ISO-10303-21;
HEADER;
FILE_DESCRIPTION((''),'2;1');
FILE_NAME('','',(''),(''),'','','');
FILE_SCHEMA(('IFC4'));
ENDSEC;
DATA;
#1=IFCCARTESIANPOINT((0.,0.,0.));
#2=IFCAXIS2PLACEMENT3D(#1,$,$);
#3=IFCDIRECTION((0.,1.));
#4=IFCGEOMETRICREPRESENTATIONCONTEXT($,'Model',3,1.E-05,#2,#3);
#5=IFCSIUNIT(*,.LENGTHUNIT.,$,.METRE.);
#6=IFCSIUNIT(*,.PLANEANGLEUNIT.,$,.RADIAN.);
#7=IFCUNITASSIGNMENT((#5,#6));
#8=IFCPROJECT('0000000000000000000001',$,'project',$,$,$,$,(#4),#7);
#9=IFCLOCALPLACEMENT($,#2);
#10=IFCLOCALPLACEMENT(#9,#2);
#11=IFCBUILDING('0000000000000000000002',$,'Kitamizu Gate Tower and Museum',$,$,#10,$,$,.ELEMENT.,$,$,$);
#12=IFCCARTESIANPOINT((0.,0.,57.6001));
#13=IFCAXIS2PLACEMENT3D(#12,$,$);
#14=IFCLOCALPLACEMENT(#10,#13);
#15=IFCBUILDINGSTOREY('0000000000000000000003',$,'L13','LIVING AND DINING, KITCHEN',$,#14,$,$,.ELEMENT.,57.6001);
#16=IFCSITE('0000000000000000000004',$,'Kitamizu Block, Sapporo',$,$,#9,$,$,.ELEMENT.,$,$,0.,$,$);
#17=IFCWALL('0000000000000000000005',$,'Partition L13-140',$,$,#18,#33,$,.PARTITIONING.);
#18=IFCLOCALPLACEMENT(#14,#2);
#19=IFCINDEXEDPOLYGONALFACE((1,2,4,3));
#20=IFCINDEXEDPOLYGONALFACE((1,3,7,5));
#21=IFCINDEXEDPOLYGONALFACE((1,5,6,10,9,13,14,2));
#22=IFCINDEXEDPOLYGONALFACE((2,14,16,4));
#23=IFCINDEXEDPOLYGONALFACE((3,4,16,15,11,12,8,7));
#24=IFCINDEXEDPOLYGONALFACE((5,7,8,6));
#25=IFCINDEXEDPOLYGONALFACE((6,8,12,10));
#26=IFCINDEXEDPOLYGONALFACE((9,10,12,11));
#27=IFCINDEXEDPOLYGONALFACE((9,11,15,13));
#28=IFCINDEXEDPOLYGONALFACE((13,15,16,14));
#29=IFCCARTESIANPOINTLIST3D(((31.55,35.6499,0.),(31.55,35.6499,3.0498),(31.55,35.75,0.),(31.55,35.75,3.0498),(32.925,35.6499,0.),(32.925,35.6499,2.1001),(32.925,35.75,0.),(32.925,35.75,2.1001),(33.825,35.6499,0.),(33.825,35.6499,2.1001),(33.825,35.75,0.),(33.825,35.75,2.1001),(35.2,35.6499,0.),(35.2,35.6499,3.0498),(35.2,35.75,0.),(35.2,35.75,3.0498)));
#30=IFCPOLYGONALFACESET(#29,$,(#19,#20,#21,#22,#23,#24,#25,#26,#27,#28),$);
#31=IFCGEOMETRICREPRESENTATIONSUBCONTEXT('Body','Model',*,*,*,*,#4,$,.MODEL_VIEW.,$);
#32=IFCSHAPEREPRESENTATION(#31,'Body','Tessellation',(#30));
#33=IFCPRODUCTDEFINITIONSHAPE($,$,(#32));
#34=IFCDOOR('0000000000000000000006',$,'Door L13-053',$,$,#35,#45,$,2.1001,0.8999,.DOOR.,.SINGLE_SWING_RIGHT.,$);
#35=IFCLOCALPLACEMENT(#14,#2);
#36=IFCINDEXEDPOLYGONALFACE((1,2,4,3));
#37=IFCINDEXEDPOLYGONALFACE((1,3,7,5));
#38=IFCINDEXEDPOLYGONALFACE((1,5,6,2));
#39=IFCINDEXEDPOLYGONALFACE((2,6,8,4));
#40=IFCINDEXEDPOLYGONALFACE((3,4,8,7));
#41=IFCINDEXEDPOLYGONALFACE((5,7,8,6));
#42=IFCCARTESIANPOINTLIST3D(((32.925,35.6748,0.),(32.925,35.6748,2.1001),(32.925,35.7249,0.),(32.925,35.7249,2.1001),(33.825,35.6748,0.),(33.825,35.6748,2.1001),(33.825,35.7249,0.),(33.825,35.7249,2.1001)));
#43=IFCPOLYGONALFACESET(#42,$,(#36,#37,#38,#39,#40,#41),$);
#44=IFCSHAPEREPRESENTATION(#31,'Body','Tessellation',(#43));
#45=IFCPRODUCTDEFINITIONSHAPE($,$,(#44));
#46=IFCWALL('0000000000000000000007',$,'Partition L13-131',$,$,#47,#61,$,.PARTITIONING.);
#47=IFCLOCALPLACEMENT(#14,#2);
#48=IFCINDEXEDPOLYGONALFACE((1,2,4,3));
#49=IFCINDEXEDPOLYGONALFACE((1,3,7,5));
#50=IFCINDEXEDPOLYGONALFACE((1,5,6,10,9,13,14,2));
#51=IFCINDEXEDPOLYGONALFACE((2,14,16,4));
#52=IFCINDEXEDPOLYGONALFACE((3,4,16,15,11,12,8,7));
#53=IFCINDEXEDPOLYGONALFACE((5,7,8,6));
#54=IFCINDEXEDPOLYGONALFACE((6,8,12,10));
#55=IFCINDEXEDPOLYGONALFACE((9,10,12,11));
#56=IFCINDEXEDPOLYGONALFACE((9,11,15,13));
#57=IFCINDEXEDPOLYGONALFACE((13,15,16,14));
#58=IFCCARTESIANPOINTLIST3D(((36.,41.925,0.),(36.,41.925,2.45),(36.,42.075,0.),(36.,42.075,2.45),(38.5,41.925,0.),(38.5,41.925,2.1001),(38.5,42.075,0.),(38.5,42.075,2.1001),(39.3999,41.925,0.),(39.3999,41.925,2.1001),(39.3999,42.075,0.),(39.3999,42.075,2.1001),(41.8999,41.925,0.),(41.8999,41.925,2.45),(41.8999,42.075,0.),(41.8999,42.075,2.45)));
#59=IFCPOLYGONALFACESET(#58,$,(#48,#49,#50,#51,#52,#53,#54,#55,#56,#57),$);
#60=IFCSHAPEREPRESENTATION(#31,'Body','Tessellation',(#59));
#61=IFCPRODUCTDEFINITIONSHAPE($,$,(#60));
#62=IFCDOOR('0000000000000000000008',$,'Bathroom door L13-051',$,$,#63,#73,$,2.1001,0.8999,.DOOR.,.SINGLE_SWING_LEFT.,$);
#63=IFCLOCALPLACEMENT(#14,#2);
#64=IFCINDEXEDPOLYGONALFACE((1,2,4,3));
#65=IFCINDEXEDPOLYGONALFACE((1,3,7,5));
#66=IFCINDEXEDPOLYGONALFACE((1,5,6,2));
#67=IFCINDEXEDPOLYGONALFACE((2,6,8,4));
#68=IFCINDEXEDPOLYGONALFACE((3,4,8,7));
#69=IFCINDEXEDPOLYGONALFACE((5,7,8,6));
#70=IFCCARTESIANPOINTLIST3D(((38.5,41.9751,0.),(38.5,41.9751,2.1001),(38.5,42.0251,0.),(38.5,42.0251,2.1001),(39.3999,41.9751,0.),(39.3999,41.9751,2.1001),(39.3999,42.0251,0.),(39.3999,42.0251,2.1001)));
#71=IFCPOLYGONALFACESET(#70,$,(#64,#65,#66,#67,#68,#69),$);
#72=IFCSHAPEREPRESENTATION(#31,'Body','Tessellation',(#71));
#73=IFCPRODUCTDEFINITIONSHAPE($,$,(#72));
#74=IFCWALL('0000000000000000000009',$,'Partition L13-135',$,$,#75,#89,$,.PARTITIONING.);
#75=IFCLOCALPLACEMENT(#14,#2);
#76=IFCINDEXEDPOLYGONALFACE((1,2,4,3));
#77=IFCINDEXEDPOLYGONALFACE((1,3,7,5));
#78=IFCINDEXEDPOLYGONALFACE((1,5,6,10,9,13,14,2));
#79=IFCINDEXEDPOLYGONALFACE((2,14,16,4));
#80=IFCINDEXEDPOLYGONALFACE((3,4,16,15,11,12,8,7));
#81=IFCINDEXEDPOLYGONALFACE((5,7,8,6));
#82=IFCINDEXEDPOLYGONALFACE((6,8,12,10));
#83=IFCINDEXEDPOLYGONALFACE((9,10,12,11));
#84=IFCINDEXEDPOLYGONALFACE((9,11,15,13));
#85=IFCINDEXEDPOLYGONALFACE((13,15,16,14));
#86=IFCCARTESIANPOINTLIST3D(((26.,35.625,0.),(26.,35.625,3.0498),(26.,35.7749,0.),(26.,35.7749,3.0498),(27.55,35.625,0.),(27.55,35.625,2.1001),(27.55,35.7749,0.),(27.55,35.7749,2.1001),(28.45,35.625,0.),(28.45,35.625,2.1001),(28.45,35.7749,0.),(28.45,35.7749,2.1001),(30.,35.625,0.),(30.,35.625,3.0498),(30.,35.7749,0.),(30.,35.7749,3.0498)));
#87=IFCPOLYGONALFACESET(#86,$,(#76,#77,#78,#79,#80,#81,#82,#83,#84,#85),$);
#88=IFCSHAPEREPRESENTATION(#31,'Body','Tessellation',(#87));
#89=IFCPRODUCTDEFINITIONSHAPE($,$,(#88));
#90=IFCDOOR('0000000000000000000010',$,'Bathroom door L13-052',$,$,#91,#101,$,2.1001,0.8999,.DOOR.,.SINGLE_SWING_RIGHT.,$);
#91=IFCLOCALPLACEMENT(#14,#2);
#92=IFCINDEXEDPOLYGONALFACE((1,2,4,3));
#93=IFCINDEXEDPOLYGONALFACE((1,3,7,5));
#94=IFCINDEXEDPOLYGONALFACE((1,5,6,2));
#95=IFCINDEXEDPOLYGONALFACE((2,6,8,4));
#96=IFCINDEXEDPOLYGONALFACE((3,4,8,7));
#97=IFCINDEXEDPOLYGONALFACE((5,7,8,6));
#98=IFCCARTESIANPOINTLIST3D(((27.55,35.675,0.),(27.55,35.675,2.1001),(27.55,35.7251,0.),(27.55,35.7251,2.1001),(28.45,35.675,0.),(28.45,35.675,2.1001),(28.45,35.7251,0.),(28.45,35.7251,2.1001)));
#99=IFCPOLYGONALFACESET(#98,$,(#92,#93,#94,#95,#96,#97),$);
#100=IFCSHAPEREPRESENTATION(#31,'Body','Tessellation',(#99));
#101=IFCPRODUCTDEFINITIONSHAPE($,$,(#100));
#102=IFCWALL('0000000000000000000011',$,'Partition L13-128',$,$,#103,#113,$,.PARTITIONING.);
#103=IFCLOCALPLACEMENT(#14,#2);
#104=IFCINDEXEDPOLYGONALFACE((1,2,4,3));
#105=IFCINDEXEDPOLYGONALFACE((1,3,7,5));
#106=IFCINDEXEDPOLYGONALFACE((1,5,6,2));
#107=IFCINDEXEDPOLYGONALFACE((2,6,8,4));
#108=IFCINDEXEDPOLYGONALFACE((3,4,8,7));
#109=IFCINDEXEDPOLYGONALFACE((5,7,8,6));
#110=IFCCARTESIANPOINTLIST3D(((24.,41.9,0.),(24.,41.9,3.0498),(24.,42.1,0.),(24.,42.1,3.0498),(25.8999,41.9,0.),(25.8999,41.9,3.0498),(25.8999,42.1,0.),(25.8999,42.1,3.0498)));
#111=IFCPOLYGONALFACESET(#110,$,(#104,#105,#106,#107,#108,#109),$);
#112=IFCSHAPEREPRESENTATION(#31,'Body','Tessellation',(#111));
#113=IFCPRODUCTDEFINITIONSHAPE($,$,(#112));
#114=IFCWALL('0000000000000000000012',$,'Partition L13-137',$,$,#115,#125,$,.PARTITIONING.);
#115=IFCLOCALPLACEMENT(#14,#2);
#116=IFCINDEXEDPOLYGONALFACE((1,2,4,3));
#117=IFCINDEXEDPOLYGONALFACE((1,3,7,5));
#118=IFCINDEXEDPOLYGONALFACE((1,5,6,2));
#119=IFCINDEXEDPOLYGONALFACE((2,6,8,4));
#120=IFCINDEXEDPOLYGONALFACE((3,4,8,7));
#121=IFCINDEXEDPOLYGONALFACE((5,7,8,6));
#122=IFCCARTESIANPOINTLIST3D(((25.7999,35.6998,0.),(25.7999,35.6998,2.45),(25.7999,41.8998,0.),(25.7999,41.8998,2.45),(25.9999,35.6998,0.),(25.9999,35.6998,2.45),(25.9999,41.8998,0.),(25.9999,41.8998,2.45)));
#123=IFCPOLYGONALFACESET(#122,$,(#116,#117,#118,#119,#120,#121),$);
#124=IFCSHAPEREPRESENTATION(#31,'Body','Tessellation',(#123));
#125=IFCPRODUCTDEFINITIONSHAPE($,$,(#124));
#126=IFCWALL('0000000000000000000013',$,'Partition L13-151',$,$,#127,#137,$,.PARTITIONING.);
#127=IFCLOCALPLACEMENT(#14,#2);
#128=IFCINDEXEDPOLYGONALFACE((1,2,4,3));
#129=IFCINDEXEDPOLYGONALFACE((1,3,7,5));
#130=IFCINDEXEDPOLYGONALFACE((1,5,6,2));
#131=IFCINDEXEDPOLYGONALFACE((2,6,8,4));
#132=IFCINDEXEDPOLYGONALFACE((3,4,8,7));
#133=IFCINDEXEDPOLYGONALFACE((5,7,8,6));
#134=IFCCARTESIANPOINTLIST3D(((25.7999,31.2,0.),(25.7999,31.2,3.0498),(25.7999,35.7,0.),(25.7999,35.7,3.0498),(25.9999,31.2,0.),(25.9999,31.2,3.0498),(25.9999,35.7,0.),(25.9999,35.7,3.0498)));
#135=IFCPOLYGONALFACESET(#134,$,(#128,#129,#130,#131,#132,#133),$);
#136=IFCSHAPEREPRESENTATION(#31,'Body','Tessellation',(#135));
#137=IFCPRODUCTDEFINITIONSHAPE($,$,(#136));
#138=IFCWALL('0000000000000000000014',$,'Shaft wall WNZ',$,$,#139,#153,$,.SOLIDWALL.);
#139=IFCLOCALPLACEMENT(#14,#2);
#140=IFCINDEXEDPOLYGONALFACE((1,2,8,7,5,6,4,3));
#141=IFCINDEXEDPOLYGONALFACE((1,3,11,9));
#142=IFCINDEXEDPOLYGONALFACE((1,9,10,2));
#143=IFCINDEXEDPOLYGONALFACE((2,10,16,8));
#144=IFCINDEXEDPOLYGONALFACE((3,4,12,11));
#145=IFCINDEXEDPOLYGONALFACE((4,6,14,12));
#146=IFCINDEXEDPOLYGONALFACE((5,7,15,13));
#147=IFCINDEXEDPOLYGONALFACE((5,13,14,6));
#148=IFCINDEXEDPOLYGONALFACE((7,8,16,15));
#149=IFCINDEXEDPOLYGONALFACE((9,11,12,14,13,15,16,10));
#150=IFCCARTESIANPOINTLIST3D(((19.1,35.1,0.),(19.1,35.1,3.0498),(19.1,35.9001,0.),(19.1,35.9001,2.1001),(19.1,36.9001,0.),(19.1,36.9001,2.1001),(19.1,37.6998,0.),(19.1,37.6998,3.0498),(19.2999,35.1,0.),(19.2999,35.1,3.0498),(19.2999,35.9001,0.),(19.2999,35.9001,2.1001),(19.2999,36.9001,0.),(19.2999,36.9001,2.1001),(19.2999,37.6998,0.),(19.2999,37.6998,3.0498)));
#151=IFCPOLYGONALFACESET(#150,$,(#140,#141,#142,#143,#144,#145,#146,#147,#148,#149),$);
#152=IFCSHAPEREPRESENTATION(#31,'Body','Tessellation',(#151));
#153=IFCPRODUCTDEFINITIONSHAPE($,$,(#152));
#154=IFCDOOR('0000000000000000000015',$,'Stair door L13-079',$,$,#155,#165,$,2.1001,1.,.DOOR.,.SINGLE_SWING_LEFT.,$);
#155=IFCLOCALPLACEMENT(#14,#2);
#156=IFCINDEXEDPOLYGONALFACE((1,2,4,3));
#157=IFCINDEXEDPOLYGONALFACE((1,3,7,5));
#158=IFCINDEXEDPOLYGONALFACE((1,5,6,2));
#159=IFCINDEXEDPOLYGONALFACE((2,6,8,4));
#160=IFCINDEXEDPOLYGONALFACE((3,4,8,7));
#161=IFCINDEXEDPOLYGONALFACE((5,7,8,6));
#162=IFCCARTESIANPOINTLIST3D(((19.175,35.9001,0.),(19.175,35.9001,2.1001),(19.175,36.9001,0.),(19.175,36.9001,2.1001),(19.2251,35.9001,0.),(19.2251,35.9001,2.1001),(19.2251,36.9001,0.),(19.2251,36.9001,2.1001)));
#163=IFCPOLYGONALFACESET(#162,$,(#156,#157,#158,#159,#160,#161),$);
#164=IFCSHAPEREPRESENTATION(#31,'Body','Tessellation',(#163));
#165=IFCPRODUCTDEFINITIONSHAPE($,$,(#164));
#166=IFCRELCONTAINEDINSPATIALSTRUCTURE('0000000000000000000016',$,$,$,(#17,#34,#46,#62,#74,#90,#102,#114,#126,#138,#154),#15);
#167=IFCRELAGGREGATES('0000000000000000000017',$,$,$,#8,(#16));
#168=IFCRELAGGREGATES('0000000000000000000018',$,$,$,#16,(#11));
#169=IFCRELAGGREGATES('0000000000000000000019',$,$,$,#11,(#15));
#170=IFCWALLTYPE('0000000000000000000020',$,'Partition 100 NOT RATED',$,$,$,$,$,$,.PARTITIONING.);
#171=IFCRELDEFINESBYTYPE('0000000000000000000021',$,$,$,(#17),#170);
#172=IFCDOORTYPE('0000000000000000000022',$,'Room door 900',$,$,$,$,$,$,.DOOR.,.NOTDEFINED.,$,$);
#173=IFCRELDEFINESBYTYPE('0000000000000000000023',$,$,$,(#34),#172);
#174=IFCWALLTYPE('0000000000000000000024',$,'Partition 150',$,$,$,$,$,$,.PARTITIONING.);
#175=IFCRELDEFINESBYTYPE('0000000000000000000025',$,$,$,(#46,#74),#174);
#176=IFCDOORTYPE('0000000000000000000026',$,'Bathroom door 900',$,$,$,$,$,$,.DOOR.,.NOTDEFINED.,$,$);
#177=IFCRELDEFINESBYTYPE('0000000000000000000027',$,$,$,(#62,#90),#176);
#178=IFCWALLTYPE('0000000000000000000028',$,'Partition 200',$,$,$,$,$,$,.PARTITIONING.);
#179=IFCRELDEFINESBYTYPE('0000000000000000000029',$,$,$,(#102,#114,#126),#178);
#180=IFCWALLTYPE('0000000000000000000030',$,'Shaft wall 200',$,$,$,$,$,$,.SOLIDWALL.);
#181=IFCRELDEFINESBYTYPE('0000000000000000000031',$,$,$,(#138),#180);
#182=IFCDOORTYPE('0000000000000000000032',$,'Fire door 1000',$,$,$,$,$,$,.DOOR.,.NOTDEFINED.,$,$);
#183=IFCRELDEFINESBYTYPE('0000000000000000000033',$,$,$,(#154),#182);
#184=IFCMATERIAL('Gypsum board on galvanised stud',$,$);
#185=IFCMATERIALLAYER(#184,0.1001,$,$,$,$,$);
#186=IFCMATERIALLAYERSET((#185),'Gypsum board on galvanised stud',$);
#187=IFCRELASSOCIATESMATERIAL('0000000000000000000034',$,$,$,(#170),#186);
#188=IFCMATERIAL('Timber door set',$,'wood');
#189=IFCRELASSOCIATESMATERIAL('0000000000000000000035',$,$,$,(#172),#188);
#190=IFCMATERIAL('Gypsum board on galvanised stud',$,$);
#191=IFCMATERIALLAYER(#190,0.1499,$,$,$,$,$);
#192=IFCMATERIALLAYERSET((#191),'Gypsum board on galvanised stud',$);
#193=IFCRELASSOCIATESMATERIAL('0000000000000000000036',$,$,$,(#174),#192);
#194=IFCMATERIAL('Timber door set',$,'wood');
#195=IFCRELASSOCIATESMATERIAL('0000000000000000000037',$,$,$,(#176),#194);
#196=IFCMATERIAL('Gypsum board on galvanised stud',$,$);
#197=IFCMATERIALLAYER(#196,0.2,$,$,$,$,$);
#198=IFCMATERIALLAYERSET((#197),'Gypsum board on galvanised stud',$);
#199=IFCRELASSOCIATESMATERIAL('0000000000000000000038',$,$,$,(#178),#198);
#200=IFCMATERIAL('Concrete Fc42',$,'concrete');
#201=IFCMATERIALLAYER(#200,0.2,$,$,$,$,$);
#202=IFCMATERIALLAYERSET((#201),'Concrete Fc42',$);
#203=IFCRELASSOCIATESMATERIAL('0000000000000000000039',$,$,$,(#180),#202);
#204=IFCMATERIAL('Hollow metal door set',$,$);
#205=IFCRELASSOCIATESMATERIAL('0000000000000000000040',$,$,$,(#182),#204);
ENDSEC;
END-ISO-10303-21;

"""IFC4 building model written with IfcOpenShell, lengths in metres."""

from ifc_helpers import new_model, si_unit, direction, frame, frame_2d, origin, place, context, subcontext, project, spatial, rectangle, extrude, material, layer, layer_set, type_object, element, fill, save


model = new_model("IFC4")

# Units and contexts
model_context = context("Model", 3, precision=1e-05, world=origin(), true_north=direction((0.0, 1.0)))
body_context = subcontext(model_context, "Body", "Model", "MODEL_VIEW")
ifc_project = project(units=[si_unit("LENGTHUNIT", "METRE"), si_unit("PLANEANGLEUNIT", "RADIAN")], contexts=[model_context])

# Site, building, storey
site_placement = place(None, origin())
site = spatial("IfcSite", under=ifc_project, at=site_placement, Name="Kitamizu Block, Sapporo", CompositionType="ELEMENT", RefElevation=0.0)
building_placement = place(site_placement, origin())
building = spatial("IfcBuilding", under=site, at=building_placement, Name="Kitamizu Gate Tower and Museum", CompositionType="ELEMENT")
storey_placement = place(building_placement, frame((0.0, 0.0, 57.6001)))
storey = spatial("IfcBuildingStorey", under=building, at=storey_placement, Name="L13", Description="LIVING AND DINING, KITCHEN", CompositionType="ELEMENT", Elevation=57.6001)

# Shared definitions
ifc_material_1 = material(Name="Gypsum board on galvanised stud")
ifc_layer_1 = layer(ifc_material_1, 0.1001)
ifc_layer_set_1 = layer_set([ifc_layer_1], Name="Gypsum board on galvanised stud")
wall_type_1 = type_object("IfcWallType", Name="Partition 100 NOT RATED", PredefinedType="PARTITIONING", material=ifc_layer_set_1)
ifc_material_2 = material(Name="Timber door set", Category="wood")
door_type_1 = type_object("IfcDoorType", Name="Room door 900", OperationType="NOTDEFINED", PredefinedType="DOOR", material=ifc_material_2)

# Walls, openings, doors
wall_1_placement = place(storey_placement, frame((31.55, 35.7, 0.0), z_axis=(0.0, 0.0, 1.0), x_axis=(1.0, 0.0, 0.0)))
wall_1 = element("IfcWall", 1, at=wall_1_placement, inside=storey, type_object=wall_type_1, Name="Partition L13-140", PredefinedType="PARTITIONING", context=body_context, shape_type="SweptSolid", body=[
    extrude(rectangle(XDim=3.6499, YDim=0.1001, at=frame_2d((1.825, 0.0))), origin(), (0.0, 0.0, 1.0), 3.0498),
])
opening_1_placement = place(wall_1_placement, frame((1.375, 0.0, 0.0)))
opening_1 = element("IfcOpeningElement", 2, at=opening_1_placement, cuts=wall_1, PredefinedType="OPENING", context=body_context, shape_type="SweptSolid", body=[
    extrude(rectangle(XDim=0.8999, YDim=2.1001, at=frame_2d((0.45, 1.05))), frame((0.0, 0.0601, 0.0), z_axis=(0.0, -1.0, 0.0), x_axis=(1.0, 0.0, 0.0)), (0.0, 0.0, 1.0), 0.1201),
])
door_1_placement = place(opening_1_placement, origin())
door_1 = element("IfcDoor", 3, at=door_1_placement, inside=storey, type_object=door_type_1, Name="Door L13-053", OperationType="SINGLE_SWING_RIGHT", OverallHeight=2.1001, OverallWidth=0.8999, PredefinedType="DOOR", context=body_context, shape_type="SweptSolid", body=[
    extrude(rectangle(XDim=0.8999, YDim=2.1001, at=frame_2d((0.45, 1.05))), frame((0.0, 0.0249, 0.0), z_axis=(0.0, -1.0, 0.0), x_axis=(1.0, 0.0, 0.0)), (0.0, 0.0, 1.0), 0.05),
])
fill(opening_1, door_1)
ifc_material_3 = material(Name="Gypsum board on galvanised stud")
ifc_layer_2 = layer(ifc_material_3, 0.1499)
ifc_layer_set_2 = layer_set([ifc_layer_2], Name="Gypsum board on galvanised stud")
wall_type_2 = type_object("IfcWallType", Name="Partition 150", PredefinedType="PARTITIONING", material=ifc_layer_set_2)
wall_2_placement = place(storey_placement, frame((36.0, 42.0, 0.0), z_axis=(0.0, 0.0, 1.0), x_axis=(1.0, 0.0, 0.0)))
wall_2 = element("IfcWall", 4, at=wall_2_placement, inside=storey, type_object=wall_type_2, Name="Partition L13-131", PredefinedType="PARTITIONING", context=body_context, shape_type="SweptSolid", body=[
    extrude(rectangle(XDim=5.8999, YDim=0.1499, at=frame_2d((2.95, 0.0))), origin(), (0.0, 0.0, 1.0), 2.45),
])
opening_2_placement = place(wall_2_placement, frame((2.5, 0.0, 0.0)))
opening_2 = element("IfcOpeningElement", 5, at=opening_2_placement, cuts=wall_2, PredefinedType="OPENING", context=body_context, shape_type="SweptSolid", body=[
    extrude(rectangle(XDim=0.8999, YDim=2.1001, at=frame_2d((0.45, 1.05))), frame((0.0, 0.085, 0.0), z_axis=(0.0, -1.0, 0.0), x_axis=(1.0, 0.0, 0.0)), (0.0, 0.0, 1.0), 0.1699),
])
ifc_material_4 = material(Name="Timber door set", Category="wood")
door_type_2 = type_object("IfcDoorType", Name="Bathroom door 900", OperationType="NOTDEFINED", PredefinedType="DOOR", material=ifc_material_4)
door_2_placement = place(opening_2_placement, frame((0.8999, 0.0, 0.0), x_axis=(-1.0, 0.0, 0.0)))
door_2 = element("IfcDoor", 6, at=door_2_placement, inside=storey, type_object=door_type_2, Name="Bathroom door L13-051", OperationType="SINGLE_SWING_LEFT", OverallHeight=2.1001, OverallWidth=0.8999, PredefinedType="DOOR", context=body_context, shape_type="SweptSolid", body=[
    extrude(rectangle(XDim=0.8999, YDim=2.1001, at=frame_2d((0.45, 1.05))), frame((0.0, 0.0249, 0.0), z_axis=(0.0, -1.0, 0.0), x_axis=(1.0, 0.0, 0.0)), (0.0, 0.0, 1.0), 0.05),
])
fill(opening_2, door_2)
wall_3_placement = place(storey_placement, frame((26.0, 35.7, 0.0), z_axis=(0.0, 0.0, 1.0), x_axis=(1.0, 0.0, 0.0)))
wall_3 = element("IfcWall", 7, at=wall_3_placement, inside=storey, type_object=wall_type_2, Name="Partition L13-135", PredefinedType="PARTITIONING", context=body_context, shape_type="SweptSolid", body=[
    extrude(rectangle(XDim=4.0, YDim=0.1499, at=frame_2d((2.0, 0.0))), origin(), (0.0, 0.0, 1.0), 3.0498),
])
opening_3_placement = place(wall_3_placement, frame((1.55, 0.0, 0.0)))
opening_3 = element("IfcOpeningElement", 8, at=opening_3_placement, cuts=wall_3, PredefinedType="OPENING", context=body_context, shape_type="SweptSolid", body=[
    extrude(rectangle(XDim=0.8999, YDim=2.1001, at=frame_2d((0.45, 1.05))), frame((0.0, 0.085, 0.0), z_axis=(0.0, -1.0, 0.0), x_axis=(1.0, 0.0, 0.0)), (0.0, 0.0, 1.0), 0.1699),
])
door_3_placement = place(opening_3_placement, frame((0.8999, 0.0, 0.0), x_axis=(-1.0, 0.0, 0.0)))
door_3 = element("IfcDoor", 9, at=door_3_placement, inside=storey, type_object=door_type_2, Name="Bathroom door L13-052", OperationType="SINGLE_SWING_RIGHT", OverallHeight=2.1001, OverallWidth=0.8999, PredefinedType="DOOR", context=body_context, shape_type="SweptSolid", body=[
    extrude(rectangle(XDim=0.8999, YDim=2.1001, at=frame_2d((0.45, 1.05))), frame((0.0, 0.0249, 0.0), z_axis=(0.0, -1.0, 0.0), x_axis=(1.0, 0.0, 0.0)), (0.0, 0.0, 1.0), 0.05),
])
fill(opening_3, door_3)

# Walls
ifc_material_5 = material(Name="Gypsum board on galvanised stud")
ifc_layer_3 = layer(ifc_material_5, 0.2)
ifc_layer_set_3 = layer_set([ifc_layer_3], Name="Gypsum board on galvanised stud")
wall_type_3 = type_object("IfcWallType", Name="Partition 200", PredefinedType="PARTITIONING", material=ifc_layer_set_3)
wall_4_placement = place(storey_placement, frame((24.0, 42.0, 0.0), z_axis=(0.0, 0.0, 1.0), x_axis=(1.0, 0.0, 0.0)))
element("IfcWall", 10, at=wall_4_placement, inside=storey, type_object=wall_type_3, Name="Partition L13-128", PredefinedType="PARTITIONING", context=body_context, shape_type="SweptSolid", body=[
    extrude(rectangle(XDim=1.8999, YDim=0.2, at=frame_2d((0.95, 0.0))), origin(), (0.0, 0.0, 1.0), 3.0498),
])
wall_5_placement = place(storey_placement, frame((25.8999, 41.8999, 0.0), z_axis=(0.0, 0.0, 1.0), x_axis=(0.0, -1.0, 0.0)))
element("IfcWall", 11, at=wall_5_placement, inside=storey, type_object=wall_type_3, Name="Partition L13-137", PredefinedType="PARTITIONING", context=body_context, shape_type="SweptSolid", body=[
    extrude(rectangle(XDim=6.2, YDim=0.2, at=frame_2d((3.1001, 0.0))), origin(), (0.0, 0.0, 1.0), 2.45),
])
wall_6_placement = place(storey_placement, frame((25.8999, 35.7, 0.0), z_axis=(0.0, 0.0, 1.0), x_axis=(0.0, -1.0, 0.0)))
element("IfcWall", 12, at=wall_6_placement, inside=storey, type_object=wall_type_3, Name="Partition L13-151", PredefinedType="PARTITIONING", context=body_context, shape_type="SweptSolid", body=[
    extrude(rectangle(XDim=4.5, YDim=0.2, at=frame_2d((2.25, 0.0))), origin(), (0.0, 0.0, 1.0), 3.0498),
])

# Wall, opening, door
ifc_material_6 = material(Name="Concrete Fc42", Category="concrete")
ifc_layer_4 = layer(ifc_material_6, 0.2)
ifc_layer_set_4 = layer_set([ifc_layer_4], Name="Concrete Fc42")
wall_type_4 = type_object("IfcWallType", Name="Shaft wall 200", PredefinedType="SOLIDWALL", material=ifc_layer_set_4)
wall_7_placement = place(storey_placement, frame((19.2, 35.1001, 0.0), z_axis=(0.0, 0.0, 1.0), x_axis=(0.0, 1.0, 0.0)))
wall_7 = element("IfcWall", 13, at=wall_7_placement, inside=storey, type_object=wall_type_4, Name="Shaft wall WNZ", PredefinedType="SOLIDWALL", context=body_context, shape_type="SweptSolid", body=[
    extrude(rectangle(XDim=2.5999, YDim=0.2, at=frame_2d((1.2998, 0.0))), origin(), (0.0, 0.0, 1.0), 3.0498),
])
opening_4_placement = place(wall_7_placement, frame((0.8, 0.0, 0.0)))
opening_4 = element("IfcOpeningElement", 14, at=opening_4_placement, cuts=wall_7, PredefinedType="OPENING", context=body_context, shape_type="SweptSolid", body=[
    extrude(rectangle(XDim=1.0, YDim=2.1001, at=frame_2d((0.5, 1.05))), frame((0.0, 0.1099, 0.0), z_axis=(0.0, -1.0, 0.0), x_axis=(1.0, 0.0, 0.0)), (0.0, 0.0, 1.0), 0.22),
])
ifc_material_7 = material(Name="Hollow metal door set")
door_type_3 = type_object("IfcDoorType", Name="Fire door 1000", OperationType="NOTDEFINED", PredefinedType="DOOR", material=ifc_material_7)
door_4_placement = place(opening_4_placement, origin())
door_4 = element("IfcDoor", 15, at=door_4_placement, inside=storey, type_object=door_type_3, Name="Stair door L13-079", OperationType="SINGLE_SWING_LEFT", OverallHeight=2.1001, OverallWidth=1.0, PredefinedType="DOOR", context=body_context, shape_type="SweptSolid", body=[
    extrude(rectangle(XDim=1.0, YDim=2.1001, at=frame_2d((0.5, 1.05))), frame((0.0, 0.0249, 0.0), z_axis=(0.0, -1.0, 0.0), x_axis=(1.0, 0.0, 0.0)), (0.0, 0.0, 1.0), 0.05),
])
fill(opening_4, door_4)

save(model, "model.ifc")
